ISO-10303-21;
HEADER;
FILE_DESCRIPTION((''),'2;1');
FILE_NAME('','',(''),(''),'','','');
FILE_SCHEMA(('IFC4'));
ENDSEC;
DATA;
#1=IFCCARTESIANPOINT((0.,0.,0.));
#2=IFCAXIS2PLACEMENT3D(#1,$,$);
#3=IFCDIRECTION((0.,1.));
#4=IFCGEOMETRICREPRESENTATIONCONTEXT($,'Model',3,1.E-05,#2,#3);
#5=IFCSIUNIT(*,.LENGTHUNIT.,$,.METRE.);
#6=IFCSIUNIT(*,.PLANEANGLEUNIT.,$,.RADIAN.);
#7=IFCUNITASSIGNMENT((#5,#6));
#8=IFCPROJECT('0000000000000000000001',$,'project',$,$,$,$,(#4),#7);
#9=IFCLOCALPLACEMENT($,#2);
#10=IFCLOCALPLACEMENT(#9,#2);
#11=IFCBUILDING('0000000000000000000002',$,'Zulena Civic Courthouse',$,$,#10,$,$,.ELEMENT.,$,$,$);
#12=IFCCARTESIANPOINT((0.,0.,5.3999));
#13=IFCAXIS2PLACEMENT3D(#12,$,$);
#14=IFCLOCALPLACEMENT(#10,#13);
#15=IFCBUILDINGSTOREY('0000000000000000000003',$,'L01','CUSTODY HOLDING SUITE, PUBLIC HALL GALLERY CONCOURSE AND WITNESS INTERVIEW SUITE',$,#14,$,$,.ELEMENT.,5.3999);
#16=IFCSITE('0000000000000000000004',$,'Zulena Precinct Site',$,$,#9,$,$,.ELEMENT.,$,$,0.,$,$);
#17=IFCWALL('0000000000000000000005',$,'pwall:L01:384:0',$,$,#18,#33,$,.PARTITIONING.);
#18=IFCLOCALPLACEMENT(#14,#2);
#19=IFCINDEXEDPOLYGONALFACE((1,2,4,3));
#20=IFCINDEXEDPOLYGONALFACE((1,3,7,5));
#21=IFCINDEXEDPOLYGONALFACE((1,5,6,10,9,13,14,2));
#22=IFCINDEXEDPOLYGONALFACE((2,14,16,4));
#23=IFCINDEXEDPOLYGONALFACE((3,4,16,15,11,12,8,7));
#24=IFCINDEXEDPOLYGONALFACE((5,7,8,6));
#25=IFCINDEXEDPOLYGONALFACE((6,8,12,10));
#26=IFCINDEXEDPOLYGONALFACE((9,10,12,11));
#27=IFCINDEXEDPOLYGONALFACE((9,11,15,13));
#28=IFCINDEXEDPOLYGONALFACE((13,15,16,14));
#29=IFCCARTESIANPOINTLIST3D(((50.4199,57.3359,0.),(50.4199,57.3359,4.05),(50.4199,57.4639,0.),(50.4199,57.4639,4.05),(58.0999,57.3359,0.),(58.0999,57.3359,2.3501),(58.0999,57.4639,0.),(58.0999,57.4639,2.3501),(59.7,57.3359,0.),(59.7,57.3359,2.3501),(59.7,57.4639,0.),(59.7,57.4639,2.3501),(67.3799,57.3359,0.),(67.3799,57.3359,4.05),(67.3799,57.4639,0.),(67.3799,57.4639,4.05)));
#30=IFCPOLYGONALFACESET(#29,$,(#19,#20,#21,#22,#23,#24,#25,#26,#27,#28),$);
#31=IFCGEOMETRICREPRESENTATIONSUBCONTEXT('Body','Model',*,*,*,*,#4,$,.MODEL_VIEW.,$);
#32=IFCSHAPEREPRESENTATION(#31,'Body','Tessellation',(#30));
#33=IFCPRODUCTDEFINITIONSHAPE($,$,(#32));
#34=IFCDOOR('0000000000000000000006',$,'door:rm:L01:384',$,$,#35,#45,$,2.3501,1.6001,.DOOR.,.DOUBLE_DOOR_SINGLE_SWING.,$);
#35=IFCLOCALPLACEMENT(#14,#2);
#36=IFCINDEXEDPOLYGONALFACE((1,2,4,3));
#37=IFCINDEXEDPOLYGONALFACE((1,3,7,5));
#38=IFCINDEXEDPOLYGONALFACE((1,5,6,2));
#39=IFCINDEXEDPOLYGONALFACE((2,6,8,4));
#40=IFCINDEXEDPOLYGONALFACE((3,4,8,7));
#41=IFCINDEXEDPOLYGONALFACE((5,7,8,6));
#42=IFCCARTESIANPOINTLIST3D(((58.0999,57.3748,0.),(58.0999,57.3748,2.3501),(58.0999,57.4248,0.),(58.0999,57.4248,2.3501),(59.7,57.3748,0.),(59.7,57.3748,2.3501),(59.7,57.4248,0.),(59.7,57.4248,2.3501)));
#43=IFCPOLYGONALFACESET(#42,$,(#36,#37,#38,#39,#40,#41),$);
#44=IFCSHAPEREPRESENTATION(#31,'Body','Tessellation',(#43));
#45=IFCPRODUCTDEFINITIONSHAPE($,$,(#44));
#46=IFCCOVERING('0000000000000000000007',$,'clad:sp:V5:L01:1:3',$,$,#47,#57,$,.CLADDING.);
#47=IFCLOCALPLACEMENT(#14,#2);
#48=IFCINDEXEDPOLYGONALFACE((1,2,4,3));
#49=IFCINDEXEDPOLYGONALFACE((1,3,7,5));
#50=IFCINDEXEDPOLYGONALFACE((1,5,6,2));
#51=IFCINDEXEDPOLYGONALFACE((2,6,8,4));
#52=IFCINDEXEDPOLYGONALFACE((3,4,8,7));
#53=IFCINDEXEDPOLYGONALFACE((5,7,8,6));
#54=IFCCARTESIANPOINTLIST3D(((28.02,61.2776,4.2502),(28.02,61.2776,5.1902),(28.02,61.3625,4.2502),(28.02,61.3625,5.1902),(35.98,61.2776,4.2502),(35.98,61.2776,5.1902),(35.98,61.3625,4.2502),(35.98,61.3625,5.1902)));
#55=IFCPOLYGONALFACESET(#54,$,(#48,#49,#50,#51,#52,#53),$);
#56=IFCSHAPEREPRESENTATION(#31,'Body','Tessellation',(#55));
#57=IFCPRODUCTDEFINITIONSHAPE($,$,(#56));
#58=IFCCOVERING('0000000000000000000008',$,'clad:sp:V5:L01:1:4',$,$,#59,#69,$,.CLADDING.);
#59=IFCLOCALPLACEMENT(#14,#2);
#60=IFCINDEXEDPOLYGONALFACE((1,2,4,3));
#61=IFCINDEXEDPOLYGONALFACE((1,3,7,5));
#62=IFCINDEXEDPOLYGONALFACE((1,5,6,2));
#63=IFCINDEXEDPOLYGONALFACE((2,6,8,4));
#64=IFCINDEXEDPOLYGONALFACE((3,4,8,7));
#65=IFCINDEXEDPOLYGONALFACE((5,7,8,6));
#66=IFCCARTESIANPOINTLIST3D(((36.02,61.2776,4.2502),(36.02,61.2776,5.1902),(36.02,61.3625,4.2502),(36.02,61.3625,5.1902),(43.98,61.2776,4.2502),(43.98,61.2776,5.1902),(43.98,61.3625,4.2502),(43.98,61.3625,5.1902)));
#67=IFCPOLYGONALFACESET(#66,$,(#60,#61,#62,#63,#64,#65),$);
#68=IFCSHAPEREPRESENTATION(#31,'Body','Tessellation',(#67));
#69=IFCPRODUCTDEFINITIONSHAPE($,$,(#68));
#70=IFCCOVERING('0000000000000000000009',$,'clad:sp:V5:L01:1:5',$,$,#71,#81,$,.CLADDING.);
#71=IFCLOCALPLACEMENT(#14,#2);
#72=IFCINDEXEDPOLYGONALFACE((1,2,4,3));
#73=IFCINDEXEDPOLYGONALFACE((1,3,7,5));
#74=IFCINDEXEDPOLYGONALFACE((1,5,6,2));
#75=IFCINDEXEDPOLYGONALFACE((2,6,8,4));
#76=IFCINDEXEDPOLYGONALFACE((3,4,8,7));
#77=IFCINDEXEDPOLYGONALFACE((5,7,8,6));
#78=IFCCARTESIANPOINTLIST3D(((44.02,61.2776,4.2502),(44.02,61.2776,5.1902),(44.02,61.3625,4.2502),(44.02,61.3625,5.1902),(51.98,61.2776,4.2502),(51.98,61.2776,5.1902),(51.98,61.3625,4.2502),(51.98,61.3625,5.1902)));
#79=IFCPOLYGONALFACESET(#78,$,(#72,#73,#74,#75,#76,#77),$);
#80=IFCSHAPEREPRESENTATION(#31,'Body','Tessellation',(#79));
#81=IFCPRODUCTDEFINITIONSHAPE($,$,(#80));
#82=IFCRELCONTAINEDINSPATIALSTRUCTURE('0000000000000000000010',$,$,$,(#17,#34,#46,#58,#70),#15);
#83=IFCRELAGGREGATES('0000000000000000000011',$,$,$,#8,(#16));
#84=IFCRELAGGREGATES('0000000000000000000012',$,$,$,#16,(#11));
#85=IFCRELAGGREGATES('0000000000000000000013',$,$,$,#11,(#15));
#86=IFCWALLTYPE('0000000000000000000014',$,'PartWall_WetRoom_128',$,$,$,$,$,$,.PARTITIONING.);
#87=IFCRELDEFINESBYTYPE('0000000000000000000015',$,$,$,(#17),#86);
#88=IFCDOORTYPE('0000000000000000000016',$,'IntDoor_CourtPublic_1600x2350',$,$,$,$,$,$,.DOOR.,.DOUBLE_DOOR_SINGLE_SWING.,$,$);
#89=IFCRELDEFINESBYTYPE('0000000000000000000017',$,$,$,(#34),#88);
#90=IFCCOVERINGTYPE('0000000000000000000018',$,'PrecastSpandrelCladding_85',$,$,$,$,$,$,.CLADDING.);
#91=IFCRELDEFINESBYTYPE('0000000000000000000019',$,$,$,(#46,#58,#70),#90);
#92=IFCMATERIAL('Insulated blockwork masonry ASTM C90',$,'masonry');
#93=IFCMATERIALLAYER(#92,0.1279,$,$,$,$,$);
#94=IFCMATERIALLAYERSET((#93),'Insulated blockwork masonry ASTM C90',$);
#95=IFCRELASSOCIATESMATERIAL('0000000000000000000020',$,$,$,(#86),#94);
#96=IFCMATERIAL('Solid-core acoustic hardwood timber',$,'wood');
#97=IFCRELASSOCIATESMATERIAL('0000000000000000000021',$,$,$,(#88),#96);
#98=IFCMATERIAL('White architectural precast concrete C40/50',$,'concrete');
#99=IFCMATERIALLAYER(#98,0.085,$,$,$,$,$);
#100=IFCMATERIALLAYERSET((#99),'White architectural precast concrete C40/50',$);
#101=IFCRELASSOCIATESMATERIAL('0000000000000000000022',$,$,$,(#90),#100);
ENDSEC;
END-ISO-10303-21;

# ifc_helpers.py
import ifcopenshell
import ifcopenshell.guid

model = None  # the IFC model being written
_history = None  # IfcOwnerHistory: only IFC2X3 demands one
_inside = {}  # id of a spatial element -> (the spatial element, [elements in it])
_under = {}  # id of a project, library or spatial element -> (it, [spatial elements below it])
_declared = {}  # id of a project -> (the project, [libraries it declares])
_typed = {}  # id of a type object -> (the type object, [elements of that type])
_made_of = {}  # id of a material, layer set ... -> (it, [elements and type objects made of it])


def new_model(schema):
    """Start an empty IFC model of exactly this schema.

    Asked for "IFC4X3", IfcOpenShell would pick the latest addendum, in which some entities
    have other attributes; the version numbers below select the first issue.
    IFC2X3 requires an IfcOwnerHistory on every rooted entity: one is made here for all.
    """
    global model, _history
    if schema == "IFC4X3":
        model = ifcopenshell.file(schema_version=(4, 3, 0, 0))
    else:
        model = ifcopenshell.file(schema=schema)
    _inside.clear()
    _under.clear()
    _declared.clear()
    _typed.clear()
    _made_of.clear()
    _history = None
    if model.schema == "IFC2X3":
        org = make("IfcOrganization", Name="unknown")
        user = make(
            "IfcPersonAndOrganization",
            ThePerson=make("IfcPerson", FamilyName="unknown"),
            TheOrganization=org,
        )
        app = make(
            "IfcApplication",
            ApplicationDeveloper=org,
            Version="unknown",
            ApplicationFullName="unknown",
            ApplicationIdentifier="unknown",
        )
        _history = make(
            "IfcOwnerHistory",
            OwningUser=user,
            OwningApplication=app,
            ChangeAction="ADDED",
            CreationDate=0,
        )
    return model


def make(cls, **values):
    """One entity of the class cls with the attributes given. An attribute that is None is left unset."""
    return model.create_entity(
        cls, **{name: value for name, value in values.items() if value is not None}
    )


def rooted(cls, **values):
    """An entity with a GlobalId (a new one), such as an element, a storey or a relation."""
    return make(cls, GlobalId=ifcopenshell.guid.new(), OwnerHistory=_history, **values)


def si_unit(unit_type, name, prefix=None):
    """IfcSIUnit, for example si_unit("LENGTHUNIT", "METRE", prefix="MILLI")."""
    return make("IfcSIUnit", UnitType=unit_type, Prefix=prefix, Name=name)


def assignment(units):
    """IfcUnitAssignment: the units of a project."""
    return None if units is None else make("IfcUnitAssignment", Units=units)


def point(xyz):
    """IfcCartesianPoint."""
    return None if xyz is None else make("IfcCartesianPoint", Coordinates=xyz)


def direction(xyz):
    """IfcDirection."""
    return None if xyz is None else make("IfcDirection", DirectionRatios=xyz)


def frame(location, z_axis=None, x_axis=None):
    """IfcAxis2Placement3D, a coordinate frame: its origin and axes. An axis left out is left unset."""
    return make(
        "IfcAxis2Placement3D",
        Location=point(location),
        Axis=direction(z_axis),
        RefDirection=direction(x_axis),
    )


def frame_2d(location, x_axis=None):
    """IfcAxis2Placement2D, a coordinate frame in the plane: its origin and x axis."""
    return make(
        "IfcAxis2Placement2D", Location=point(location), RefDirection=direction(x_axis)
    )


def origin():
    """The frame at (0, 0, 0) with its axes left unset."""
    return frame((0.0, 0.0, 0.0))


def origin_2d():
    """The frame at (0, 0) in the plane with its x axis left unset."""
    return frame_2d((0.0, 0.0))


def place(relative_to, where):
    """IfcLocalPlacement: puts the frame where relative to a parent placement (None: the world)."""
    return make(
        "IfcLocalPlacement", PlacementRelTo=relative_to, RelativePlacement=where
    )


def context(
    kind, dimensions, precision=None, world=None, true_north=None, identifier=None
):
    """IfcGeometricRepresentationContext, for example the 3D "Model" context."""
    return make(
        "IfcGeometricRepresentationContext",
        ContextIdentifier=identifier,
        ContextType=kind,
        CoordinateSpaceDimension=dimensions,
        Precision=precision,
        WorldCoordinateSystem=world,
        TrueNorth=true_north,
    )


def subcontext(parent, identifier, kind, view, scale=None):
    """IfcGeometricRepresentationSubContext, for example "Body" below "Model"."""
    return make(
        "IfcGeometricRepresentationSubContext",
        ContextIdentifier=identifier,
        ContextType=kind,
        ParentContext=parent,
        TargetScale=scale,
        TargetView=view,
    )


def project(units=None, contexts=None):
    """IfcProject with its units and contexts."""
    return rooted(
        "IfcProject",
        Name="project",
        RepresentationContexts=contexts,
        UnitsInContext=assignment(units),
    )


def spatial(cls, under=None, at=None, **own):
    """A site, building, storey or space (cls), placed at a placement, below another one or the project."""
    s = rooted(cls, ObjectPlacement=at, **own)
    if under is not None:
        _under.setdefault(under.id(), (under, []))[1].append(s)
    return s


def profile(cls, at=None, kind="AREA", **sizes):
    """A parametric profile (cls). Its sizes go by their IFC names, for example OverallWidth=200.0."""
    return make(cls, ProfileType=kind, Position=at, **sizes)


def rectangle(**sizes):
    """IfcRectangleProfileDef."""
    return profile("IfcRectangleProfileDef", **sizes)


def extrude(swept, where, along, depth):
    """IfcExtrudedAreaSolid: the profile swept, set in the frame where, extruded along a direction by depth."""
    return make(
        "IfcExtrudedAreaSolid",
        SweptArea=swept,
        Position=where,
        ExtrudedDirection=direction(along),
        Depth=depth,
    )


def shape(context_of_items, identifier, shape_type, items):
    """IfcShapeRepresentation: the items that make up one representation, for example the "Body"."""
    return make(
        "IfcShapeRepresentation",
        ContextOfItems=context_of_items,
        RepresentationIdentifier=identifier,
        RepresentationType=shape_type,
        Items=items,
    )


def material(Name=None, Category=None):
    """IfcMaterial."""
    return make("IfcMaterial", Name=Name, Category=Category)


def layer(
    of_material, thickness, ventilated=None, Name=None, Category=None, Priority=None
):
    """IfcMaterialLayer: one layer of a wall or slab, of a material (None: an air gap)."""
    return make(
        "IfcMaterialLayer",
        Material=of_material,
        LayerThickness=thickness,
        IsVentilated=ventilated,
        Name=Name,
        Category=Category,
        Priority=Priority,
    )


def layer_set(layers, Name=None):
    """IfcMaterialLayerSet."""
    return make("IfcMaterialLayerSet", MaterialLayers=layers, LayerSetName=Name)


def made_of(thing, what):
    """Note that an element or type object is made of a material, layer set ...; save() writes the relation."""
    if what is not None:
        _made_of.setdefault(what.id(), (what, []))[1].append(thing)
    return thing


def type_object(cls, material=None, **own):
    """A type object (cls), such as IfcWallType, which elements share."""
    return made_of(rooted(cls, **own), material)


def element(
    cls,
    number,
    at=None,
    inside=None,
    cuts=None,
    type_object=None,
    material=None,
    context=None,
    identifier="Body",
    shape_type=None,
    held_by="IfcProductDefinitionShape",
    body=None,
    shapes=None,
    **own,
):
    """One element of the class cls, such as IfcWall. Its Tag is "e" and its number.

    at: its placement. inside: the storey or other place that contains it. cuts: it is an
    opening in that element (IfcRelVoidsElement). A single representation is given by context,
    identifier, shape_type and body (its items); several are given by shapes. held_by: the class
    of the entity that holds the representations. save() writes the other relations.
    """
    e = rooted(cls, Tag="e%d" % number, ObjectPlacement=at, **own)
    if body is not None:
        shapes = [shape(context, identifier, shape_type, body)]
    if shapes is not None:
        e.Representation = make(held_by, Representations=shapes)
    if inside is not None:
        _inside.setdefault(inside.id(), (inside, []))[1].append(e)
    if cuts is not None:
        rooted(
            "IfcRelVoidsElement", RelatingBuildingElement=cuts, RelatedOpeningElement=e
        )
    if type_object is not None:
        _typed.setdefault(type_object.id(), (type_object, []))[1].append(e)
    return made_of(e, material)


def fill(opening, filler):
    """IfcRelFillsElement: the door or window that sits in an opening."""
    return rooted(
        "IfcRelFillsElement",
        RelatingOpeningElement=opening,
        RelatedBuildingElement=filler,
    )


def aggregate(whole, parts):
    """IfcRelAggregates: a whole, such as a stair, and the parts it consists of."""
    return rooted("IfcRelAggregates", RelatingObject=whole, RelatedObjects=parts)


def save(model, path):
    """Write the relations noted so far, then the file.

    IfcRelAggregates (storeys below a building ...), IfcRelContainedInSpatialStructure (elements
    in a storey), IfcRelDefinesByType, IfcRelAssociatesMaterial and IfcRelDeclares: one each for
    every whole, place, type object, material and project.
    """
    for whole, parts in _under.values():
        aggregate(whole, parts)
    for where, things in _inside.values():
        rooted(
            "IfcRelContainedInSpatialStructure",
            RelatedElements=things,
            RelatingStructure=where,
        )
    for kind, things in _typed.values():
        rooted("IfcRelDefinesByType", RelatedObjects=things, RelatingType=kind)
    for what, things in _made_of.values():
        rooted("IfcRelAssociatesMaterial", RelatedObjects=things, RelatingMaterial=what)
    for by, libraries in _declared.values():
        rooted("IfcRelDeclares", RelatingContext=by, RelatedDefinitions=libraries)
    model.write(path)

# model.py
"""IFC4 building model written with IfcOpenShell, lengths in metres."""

from ifc_helpers import new_model, si_unit, direction, frame, frame_2d, origin, origin_2d, place, context, subcontext, project, spatial, rectangle, extrude, material, layer, layer_set, type_object, element, fill, save


model = new_model("IFC4")

# Units and contexts
model_context = context("Model", 3, precision=1e-05, world=origin(), true_north=direction((0.0, 1.0)))
body_context = subcontext(model_context, "Body", "Model", "MODEL_VIEW")
ifc_project = project(units=[si_unit("LENGTHUNIT", "METRE"), si_unit("PLANEANGLEUNIT", "RADIAN")], contexts=[model_context])

# Site, building, storey
site_placement = place(None, origin())
site = spatial("IfcSite", under=ifc_project, at=site_placement, Name="Zulena Precinct Site", CompositionType="ELEMENT", RefElevation=0.0)
building_placement = place(site_placement, origin())
building = spatial("IfcBuilding", under=site, at=building_placement, Name="Zulena Civic Courthouse", CompositionType="ELEMENT")
storey_placement = place(building_placement, frame((0.0, 0.0, 5.3999)))
storey = spatial("IfcBuildingStorey", under=building, at=storey_placement, Name="L01", Description="CUSTODY HOLDING SUITE, PUBLIC HALL GALLERY CONCOURSE AND WITNESS INTERVIEW SUITE", CompositionType="ELEMENT", Elevation=5.3999)

# Shared definitions
ifc_material_1 = material(Name="Solid-core acoustic hardwood timber", Category="wood")

# Wall, opening, door
ifc_material_2 = material(Name="Insulated blockwork masonry ASTM C90", Category="masonry")
ifc_layer_1 = layer(ifc_material_2, 0.1279)
ifc_layer_set_1 = layer_set([ifc_layer_1], Name="Insulated blockwork masonry ASTM C90")
wall_type_1 = type_object("IfcWallType", Name="PartWall_WetRoom_128", PredefinedType="PARTITIONING", material=ifc_layer_set_1)
wall_1_placement = place(storey_placement, frame((50.4199, 57.3999, 0.0), z_axis=(0.0, 0.0, 1.0), x_axis=(1.0, 0.0, 0.0)))
wall_1 = element("IfcWall", 1, at=wall_1_placement, inside=storey, type_object=wall_type_1, Name="pwall:L01:384:0", PredefinedType="PARTITIONING", context=body_context, shape_type="SweptSolid", body=[
    extrude(rectangle(XDim=16.96, YDim=0.1279, at=frame_2d((8.48, 0.0))), origin(), (0.0, 0.0, 1.0), 4.05),
])
opening_1_placement = place(wall_1_placement, frame((7.6799, 0.0, 0.0)))
opening_1 = element("IfcOpeningElement", 2, at=opening_1_placement, cuts=wall_1, PredefinedType="OPENING", context=body_context, shape_type="SweptSolid", body=[
    extrude(rectangle(XDim=1.6001, YDim=2.3501, at=frame_2d((0.8, 1.175))), frame((0.0, 0.074, 0.0), z_axis=(0.0, -1.0, 0.0), x_axis=(1.0, 0.0, 0.0)), (0.0, 0.0, 1.0), 0.1479),
])
door_type_1 = type_object("IfcDoorType", Name="IntDoor_CourtPublic_1600x2350", OperationType="DOUBLE_DOOR_SINGLE_SWING", PredefinedType="DOOR", material=ifc_material_1)
door_1_placement = place(opening_1_placement, origin())
door_1 = element("IfcDoor", 3, at=door_1_placement, inside=storey, type_object=door_type_1, Name="door:rm:L01:384", OperationType="DOUBLE_DOOR_SINGLE_SWING", OverallHeight=2.3501, OverallWidth=1.6001, PredefinedType="DOOR", context=body_context, shape_type="SweptSolid", body=[
    extrude(rectangle(XDim=1.6001, YDim=2.3501, at=frame_2d((0.8, 1.175))), frame((0.0, 0.0249, 0.0), z_axis=(0.0, -1.0, 0.0), x_axis=(1.0, 0.0, 0.0)), (0.0, 0.0, 1.0), 0.05),
])
fill(opening_1, door_1)

# Coverings
ifc_material_3 = material(Name="White architectural precast concrete C40/50", Category="concrete")
ifc_layer_2 = layer(ifc_material_3, 0.085)
ifc_layer_set_2 = layer_set([ifc_layer_2], Name="White architectural precast concrete C40/50")
covering_type = type_object("IfcCoveringType", Name="PrecastSpandrelCladding_85", PredefinedType="CLADDING", material=ifc_layer_set_2)
for number, where, z_axis, x_axis, name in (
    (4, (32.0, 61.3201, 4.2502), (0.0, 0.0, 1.0), (1.0, 0.0, 0.0), "clad:sp:V5:L01:1:3"),
    (5, (40.0, 61.3201, 4.2502), (0.0, 0.0, 1.0), (1.0, 0.0, 0.0), "clad:sp:V5:L01:1:4"),
    (6, (48.0, 61.3201, 4.2502), (0.0, 0.0, 1.0), (1.0, 0.0, 0.0), "clad:sp:V5:L01:1:5"),
):
    element("IfcCovering", number, at=place(storey_placement, frame(where, z_axis=z_axis, x_axis=x_axis)), inside=storey, type_object=covering_type, Name=name, PredefinedType="CLADDING", context=body_context, shape_type="SweptSolid", body=[
        extrude(rectangle(XDim=7.96, YDim=0.085, at=origin_2d()), origin(), (0.0, 0.0, 1.0), 0.9399),
    ])

save(model, "model.ifc")
